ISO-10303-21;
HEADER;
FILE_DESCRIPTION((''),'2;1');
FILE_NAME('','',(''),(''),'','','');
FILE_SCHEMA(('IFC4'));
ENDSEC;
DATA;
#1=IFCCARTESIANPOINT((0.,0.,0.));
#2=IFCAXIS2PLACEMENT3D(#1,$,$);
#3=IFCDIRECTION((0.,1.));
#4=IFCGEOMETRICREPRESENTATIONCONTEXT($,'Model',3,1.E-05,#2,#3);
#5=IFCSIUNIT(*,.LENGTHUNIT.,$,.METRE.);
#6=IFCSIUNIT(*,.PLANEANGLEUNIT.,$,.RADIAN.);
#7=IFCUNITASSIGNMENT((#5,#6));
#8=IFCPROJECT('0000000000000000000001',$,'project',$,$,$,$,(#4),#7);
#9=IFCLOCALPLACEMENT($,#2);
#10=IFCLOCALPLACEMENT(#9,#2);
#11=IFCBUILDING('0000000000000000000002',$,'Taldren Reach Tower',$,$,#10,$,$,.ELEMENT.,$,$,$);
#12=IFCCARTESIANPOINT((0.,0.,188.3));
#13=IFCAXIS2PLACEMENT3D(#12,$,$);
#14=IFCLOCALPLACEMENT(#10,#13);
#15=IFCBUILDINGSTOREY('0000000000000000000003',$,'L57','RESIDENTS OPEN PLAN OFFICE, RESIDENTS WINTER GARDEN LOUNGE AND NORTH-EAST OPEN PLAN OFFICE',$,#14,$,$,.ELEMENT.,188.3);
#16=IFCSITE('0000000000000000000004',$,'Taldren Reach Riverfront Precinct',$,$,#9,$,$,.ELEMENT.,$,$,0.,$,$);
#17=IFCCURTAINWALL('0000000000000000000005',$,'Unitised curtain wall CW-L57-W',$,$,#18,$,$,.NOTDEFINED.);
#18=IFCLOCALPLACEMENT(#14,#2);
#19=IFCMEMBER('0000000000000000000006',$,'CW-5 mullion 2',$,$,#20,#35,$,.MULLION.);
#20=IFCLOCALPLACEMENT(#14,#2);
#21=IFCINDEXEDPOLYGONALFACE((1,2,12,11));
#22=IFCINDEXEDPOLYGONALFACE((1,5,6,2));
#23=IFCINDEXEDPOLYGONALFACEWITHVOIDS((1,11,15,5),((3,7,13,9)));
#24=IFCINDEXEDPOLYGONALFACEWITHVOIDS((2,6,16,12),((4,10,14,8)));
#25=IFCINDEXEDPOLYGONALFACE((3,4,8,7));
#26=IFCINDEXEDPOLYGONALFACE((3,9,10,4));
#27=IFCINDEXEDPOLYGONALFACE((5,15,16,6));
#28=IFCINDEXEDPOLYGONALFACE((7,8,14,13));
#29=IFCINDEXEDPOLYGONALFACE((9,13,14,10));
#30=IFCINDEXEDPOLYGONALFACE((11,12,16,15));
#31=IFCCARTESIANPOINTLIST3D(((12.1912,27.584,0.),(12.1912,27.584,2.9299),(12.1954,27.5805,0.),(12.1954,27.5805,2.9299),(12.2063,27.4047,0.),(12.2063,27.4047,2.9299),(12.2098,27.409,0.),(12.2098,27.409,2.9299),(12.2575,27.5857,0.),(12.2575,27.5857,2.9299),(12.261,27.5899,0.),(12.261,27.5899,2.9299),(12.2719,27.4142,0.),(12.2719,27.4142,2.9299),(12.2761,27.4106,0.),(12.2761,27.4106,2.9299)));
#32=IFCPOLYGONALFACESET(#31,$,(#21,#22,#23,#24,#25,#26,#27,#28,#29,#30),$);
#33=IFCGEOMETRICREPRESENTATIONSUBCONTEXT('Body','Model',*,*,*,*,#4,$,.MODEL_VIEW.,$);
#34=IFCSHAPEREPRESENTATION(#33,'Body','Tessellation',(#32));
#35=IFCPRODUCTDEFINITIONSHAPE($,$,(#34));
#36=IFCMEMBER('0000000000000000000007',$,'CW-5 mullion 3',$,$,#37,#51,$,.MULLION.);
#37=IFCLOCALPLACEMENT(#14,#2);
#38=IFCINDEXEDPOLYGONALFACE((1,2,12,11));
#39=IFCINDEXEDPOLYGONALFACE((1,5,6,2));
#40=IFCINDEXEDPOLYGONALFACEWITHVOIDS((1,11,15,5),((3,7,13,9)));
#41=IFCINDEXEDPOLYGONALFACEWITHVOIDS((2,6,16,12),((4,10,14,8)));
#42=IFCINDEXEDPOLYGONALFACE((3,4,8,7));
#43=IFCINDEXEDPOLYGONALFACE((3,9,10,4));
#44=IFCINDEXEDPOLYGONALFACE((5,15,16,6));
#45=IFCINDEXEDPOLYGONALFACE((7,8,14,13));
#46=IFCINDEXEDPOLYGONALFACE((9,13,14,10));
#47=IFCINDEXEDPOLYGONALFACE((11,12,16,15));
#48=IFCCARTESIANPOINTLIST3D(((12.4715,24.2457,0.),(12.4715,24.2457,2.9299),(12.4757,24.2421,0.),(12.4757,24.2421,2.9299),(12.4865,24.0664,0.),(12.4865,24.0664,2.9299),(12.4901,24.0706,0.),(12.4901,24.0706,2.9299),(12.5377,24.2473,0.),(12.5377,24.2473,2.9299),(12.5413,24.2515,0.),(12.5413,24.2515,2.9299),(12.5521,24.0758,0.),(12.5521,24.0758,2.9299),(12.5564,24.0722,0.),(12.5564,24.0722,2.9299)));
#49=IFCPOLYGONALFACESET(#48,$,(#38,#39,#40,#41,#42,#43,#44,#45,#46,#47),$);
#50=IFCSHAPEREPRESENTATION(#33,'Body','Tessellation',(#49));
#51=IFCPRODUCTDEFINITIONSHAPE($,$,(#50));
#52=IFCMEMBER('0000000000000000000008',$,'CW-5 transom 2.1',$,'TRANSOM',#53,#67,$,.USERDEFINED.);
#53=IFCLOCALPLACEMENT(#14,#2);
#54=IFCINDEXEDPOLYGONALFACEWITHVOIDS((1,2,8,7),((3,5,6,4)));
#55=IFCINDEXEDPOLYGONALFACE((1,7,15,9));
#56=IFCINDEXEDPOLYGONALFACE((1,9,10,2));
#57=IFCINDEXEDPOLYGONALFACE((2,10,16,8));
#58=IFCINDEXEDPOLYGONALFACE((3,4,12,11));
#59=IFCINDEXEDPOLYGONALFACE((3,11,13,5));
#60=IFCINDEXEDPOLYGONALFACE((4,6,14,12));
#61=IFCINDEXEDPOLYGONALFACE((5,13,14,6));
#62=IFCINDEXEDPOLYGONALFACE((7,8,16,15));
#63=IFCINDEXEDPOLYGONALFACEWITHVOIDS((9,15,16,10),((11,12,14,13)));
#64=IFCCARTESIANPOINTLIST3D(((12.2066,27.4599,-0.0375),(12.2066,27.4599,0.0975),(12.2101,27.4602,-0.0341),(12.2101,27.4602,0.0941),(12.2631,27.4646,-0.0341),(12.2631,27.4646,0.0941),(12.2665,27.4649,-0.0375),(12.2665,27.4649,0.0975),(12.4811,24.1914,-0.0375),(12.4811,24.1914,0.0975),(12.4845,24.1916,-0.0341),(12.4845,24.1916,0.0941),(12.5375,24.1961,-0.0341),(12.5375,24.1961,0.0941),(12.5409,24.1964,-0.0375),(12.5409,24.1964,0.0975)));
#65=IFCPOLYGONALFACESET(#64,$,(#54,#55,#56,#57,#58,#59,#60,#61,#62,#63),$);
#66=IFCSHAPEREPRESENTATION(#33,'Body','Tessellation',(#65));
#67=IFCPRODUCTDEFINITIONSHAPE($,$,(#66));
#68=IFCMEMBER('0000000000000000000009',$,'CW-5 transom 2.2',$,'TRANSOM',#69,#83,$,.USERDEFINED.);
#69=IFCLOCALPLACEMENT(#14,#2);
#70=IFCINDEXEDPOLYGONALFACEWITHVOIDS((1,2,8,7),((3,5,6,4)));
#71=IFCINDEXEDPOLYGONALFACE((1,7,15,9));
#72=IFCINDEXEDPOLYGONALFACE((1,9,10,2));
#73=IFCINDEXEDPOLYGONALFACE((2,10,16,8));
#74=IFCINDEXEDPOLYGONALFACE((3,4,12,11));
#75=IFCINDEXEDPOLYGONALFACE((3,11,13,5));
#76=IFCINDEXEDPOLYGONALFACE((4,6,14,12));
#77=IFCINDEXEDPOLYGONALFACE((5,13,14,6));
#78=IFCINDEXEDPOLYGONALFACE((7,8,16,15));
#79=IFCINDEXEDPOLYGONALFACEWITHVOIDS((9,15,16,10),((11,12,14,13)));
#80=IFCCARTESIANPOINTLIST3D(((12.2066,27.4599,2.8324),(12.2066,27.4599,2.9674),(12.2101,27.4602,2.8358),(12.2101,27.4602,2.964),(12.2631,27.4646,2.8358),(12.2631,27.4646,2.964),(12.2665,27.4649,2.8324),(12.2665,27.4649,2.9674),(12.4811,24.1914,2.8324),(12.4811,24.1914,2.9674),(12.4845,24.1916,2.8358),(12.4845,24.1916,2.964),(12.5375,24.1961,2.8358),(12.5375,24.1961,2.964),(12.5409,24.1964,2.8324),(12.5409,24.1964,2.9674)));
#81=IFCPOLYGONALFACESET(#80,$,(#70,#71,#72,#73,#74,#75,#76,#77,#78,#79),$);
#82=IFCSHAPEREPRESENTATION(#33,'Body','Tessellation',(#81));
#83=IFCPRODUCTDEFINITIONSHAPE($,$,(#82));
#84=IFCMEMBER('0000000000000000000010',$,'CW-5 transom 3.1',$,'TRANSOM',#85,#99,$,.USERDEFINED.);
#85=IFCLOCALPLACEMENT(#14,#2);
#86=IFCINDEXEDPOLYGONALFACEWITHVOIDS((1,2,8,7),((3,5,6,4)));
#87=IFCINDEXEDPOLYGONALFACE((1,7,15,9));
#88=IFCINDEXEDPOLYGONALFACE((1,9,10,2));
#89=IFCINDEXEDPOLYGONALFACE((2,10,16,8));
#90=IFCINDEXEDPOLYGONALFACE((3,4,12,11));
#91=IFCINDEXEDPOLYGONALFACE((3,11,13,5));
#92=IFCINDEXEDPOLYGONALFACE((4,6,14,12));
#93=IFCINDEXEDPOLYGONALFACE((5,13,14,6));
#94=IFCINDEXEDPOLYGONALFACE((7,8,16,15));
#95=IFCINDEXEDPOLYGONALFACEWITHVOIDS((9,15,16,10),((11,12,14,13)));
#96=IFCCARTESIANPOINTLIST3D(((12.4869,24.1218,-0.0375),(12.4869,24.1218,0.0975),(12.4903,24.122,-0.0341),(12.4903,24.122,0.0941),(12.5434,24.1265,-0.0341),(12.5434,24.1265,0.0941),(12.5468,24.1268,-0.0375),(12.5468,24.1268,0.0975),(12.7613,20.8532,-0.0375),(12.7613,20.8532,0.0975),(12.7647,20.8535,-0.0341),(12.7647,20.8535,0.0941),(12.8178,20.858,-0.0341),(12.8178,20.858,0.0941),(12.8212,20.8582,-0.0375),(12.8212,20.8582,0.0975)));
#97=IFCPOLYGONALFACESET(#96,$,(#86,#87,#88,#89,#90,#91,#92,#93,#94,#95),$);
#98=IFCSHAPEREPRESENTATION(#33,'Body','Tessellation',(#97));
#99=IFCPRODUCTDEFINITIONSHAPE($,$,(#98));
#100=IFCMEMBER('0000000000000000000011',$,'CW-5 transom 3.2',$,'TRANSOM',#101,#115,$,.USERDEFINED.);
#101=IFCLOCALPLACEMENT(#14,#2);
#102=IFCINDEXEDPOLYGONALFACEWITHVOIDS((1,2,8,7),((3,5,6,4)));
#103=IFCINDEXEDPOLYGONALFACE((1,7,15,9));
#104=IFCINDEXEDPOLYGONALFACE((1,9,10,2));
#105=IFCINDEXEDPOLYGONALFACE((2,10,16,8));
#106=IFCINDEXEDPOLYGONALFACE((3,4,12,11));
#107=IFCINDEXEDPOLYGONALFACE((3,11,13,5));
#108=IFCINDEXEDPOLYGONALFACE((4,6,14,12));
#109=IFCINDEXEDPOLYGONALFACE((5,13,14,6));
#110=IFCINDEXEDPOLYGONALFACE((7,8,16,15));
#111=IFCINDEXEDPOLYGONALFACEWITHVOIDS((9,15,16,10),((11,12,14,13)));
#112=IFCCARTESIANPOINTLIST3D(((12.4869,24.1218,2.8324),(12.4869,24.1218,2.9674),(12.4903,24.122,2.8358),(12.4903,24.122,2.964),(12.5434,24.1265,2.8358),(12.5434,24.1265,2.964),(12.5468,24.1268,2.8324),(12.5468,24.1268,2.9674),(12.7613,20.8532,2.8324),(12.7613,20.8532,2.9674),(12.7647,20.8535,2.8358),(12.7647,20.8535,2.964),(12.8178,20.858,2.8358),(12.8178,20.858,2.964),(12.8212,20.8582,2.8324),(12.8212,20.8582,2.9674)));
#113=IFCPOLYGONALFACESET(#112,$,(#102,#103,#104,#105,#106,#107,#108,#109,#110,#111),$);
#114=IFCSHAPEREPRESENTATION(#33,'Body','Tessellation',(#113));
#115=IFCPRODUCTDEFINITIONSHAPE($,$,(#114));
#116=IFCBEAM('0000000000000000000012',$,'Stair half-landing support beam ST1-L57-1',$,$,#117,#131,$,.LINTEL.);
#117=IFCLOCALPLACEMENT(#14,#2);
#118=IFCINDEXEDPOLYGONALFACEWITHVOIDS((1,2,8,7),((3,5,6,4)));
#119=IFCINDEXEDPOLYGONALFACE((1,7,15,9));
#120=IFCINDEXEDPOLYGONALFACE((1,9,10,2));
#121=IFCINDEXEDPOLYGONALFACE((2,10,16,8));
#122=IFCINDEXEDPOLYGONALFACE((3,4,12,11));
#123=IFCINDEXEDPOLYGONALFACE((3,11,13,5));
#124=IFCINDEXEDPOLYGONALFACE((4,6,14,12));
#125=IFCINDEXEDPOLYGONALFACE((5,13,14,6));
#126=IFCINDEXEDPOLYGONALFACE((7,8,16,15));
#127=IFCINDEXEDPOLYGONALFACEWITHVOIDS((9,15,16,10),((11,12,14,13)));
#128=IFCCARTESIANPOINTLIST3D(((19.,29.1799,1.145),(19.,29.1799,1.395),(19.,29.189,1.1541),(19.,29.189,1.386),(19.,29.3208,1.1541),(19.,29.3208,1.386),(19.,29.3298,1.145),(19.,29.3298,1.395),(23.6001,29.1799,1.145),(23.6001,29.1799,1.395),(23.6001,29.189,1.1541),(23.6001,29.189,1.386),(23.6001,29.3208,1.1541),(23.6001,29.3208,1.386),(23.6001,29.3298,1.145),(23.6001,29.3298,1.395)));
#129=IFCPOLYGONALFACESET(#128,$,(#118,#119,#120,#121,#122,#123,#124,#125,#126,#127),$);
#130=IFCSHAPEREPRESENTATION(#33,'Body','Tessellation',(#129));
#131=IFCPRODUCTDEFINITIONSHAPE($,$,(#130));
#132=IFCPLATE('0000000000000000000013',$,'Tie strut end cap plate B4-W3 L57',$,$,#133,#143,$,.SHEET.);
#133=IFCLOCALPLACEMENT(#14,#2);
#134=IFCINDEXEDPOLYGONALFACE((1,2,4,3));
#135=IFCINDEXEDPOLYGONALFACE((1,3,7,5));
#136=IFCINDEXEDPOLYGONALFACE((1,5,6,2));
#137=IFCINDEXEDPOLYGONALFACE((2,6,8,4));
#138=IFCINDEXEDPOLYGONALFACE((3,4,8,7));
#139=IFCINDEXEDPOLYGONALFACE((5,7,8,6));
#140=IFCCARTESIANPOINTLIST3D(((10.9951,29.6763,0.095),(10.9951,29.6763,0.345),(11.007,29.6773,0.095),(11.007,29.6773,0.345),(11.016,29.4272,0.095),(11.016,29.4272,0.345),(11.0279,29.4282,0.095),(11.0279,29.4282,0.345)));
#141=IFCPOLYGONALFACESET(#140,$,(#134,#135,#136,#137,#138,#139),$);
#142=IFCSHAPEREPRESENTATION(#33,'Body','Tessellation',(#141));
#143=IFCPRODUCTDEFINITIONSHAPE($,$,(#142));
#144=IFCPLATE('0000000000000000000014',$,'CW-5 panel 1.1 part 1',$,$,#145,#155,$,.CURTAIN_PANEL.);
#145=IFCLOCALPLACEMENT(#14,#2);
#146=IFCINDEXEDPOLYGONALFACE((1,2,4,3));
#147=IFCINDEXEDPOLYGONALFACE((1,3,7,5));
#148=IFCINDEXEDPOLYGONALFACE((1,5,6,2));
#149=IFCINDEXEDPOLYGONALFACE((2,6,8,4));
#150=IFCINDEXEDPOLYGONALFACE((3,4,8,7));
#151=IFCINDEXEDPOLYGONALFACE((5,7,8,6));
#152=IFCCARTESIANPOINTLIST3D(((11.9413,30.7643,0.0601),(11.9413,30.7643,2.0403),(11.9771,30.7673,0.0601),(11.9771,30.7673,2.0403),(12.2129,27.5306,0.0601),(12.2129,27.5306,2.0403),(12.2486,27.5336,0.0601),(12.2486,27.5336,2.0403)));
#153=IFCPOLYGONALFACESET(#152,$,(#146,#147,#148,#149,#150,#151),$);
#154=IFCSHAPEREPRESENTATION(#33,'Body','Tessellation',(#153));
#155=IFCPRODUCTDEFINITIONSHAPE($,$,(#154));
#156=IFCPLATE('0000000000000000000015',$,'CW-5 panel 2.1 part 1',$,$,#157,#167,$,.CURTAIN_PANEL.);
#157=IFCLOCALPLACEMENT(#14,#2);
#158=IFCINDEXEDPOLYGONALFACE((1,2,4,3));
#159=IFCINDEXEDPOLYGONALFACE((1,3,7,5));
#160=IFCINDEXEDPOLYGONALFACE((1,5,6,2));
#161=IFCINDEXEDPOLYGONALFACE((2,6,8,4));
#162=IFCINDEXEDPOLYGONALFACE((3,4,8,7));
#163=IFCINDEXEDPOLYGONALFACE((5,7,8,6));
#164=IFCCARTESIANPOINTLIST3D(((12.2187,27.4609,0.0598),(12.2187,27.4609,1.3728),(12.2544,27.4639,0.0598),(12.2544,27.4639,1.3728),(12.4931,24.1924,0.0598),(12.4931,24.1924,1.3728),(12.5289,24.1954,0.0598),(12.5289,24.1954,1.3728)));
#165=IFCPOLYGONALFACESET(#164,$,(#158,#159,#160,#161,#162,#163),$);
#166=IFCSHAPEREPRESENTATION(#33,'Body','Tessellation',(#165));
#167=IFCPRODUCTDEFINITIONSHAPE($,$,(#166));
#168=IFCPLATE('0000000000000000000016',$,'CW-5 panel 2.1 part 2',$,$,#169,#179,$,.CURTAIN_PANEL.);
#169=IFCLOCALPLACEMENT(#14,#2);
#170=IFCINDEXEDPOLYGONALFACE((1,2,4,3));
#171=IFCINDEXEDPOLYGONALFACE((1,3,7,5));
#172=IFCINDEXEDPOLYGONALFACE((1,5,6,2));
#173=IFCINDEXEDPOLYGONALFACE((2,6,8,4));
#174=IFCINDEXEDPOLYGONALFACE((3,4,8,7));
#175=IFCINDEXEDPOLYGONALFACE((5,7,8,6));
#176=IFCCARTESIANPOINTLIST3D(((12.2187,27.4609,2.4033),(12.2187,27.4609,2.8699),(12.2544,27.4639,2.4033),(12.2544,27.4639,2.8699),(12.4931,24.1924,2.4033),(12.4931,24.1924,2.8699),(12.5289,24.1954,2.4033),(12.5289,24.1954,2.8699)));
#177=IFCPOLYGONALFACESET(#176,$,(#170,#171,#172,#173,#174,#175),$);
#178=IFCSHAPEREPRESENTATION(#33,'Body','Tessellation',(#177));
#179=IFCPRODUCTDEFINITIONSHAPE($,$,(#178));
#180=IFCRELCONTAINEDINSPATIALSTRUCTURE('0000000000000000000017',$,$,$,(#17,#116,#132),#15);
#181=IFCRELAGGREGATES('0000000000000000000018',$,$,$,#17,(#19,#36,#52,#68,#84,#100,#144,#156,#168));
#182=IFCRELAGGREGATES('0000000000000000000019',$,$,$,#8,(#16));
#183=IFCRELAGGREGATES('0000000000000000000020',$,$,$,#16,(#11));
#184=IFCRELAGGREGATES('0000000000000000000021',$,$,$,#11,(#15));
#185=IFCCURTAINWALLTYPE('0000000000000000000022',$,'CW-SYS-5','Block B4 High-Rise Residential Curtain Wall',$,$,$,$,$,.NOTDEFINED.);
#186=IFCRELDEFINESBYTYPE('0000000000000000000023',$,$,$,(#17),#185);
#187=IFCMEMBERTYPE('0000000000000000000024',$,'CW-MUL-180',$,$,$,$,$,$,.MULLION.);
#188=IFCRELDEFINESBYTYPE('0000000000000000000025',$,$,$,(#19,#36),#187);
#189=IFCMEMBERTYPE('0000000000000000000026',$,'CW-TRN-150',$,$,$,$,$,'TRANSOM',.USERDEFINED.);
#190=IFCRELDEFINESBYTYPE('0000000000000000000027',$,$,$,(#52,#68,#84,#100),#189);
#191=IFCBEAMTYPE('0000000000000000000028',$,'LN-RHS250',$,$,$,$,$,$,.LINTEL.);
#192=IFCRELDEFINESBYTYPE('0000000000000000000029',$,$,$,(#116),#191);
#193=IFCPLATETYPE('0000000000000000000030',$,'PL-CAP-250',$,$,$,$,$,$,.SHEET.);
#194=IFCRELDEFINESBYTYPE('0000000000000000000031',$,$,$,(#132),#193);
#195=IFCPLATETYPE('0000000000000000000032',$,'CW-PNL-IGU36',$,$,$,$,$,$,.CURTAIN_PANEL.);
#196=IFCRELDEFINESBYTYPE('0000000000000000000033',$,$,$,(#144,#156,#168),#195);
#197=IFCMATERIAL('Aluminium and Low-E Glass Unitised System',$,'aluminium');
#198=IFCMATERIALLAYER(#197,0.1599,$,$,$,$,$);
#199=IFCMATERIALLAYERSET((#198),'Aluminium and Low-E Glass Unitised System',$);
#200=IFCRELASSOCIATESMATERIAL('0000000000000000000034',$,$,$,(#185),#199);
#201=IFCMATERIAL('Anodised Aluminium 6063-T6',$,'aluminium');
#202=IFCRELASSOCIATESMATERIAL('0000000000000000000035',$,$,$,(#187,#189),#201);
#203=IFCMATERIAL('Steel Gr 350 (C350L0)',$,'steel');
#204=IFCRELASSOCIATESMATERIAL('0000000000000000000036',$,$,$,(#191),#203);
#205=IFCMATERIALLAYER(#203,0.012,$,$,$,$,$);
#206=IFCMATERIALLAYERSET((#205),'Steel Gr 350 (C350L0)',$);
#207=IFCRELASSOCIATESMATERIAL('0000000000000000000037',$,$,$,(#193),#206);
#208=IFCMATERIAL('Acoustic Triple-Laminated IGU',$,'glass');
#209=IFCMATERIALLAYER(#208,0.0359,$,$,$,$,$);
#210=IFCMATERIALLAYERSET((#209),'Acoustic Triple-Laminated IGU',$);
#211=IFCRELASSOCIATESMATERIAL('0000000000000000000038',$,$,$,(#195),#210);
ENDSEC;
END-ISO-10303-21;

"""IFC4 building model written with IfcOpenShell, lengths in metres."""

from ifc_helpers import new_model, si_unit, direction, frame, origin, origin_2d, place, context, subcontext, project, spatial, rectangle, hollow_rectangle, extrude, source, transform, mapped, material, layer, layer_set, material_profile, profile_set, type_object, element, aggregate, save


model = new_model("IFC4")

# Units and contexts
model_context = context("Model", 3, precision=1e-05, world=origin(), true_north=direction((0.0, 1.0)))
body_context = subcontext(model_context, "Body", "Model", "MODEL_VIEW")
ifc_project = project(units=[si_unit("LENGTHUNIT", "METRE"), si_unit("PLANEANGLEUNIT", "RADIAN")], contexts=[model_context])

# Site, building, storey
site_placement = place(None, origin())
site = spatial("IfcSite", under=ifc_project, at=site_placement, Name="Taldren Reach Riverfront Precinct", CompositionType="ELEMENT", RefElevation=0.0)
building_placement = place(site_placement, origin())
building = spatial("IfcBuilding", under=site, at=building_placement, Name="Taldren Reach Tower", CompositionType="ELEMENT")
storey_placement = place(building_placement, frame((0.0, 0.0, 188.3)))
storey = spatial("IfcBuildingStorey", under=building, at=storey_placement, Name="L57", Description="RESIDENTS OPEN PLAN OFFICE, RESIDENTS WINTER GARDEN LOUNGE AND NORTH-EAST OPEN PLAN OFFICE", CompositionType="ELEMENT", Elevation=188.3)

# Shared definitions
ifc_material_1 = material(Name="Steel Gr 350 (C350L0)", Category="steel")

# Curtain wall, members
ifc_material_2 = material(Name="Aluminium and Low-E Glass Unitised System", Category="aluminium")
ifc_layer_1 = layer(ifc_material_2, 0.1599)
ifc_layer_set_1 = layer_set([ifc_layer_1], Name="Aluminium and Low-E Glass Unitised System")
curtain_wall_type = type_object("IfcCurtainWallType", Name="CW-SYS-5", Description="Block B4 High-Rise Residential Curtain Wall", PredefinedType="NOTDEFINED", material=ifc_layer_set_1)
curtain_wall_placement = place(storey_placement, origin())
curtain_wall = element("IfcCurtainWall", 1, at=curtain_wall_placement, inside=storey, type_object=curtain_wall_type, Name="Unitised curtain wall CW-L57-W", PredefinedType="NOTDEFINED")
ifc_material_3 = material(Name="Anodised Aluminium 6063-T6", Category="aluminium")
ifc_material_profile_1 = material_profile(ifc_material_3, hollow_rectangle(XDim=0.0701, YDim=0.1799, WallThickness=0.0039, at=origin_2d()), Name="ALU-180x70x4RHS")
ifc_profile_set_1 = profile_set([ifc_material_profile_1], Name="Anodised Aluminium 6063-T6")
member_type_1 = type_object("IfcMemberType", Name="CW-MUL-180", PredefinedType="MULLION", material=ifc_profile_set_1)
shared_shape_1 = source(origin(), body_context, "Body", "SweptSolid", [
    extrude(hollow_rectangle(XDim=0.0701, YDim=0.1799, WallThickness=0.0039, at=origin_2d()), origin(), (0.0, 0.0, 1.0), 2.9299),
])
member_1_placement = place(storey_placement, frame((12.2336, 27.4973, 0.0), z_axis=(0.0, 0.0, 1.0), x_axis=(0.996493, 0.083678, 0.0)))
member_1 = element("IfcMember", 2, at=member_1_placement, type_object=member_type_1, Name="CW-5 mullion 2", PredefinedType="MULLION", context=body_context, shape_type="MappedRepresentation", body=[
    mapped(shared_shape_1, transform((0.0, 0.0, 0.0), scale=1.0)),
])
member_2_placement = place(storey_placement, frame((12.5139, 24.1589, 0.0), z_axis=(0.0, 0.0, 1.0), x_axis=(0.996493, 0.083678, 0.0)))
member_2 = element("IfcMember", 3, at=member_2_placement, type_object=member_type_1, Name="CW-5 mullion 3", PredefinedType="MULLION", context=body_context, shape_type="MappedRepresentation", body=[
    mapped(shared_shape_1, transform((0.0, 0.0, 0.0), scale=1.0)),
])
ifc_material_profile_2 = material_profile(ifc_material_3, hollow_rectangle(XDim=0.0601, YDim=0.135, WallThickness=0.0034, at=origin_2d()), Name="ALU-135x60x3.5RHS")
ifc_profile_set_2 = profile_set([ifc_material_profile_2], Name="Anodised Aluminium 6063-T6")
member_type_2 = type_object("IfcMemberType", Name="CW-TRN-150", ElementType="TRANSOM", PredefinedType="USERDEFINED", material=ifc_profile_set_2)
shared_shape_2 = source(origin(), body_context, "Body", "SweptSolid", [
    extrude(hollow_rectangle(XDim=0.0601, YDim=0.135, WallThickness=0.0034, at=origin_2d()), origin(), (0.0, 0.0, 1.0), 3.28),
])
member_3_placement = place(storey_placement, frame((12.2366, 27.4624, 0.03), z_axis=(0.083661, -0.996494, 0.0), x_axis=(0.996494, 0.083661, 0.0)))
member_3 = element("IfcMember", 4, at=member_3_placement, type_object=member_type_2, Name="CW-5 transom 2.1", ObjectType="TRANSOM", PredefinedType="USERDEFINED", context=body_context, shape_type="MappedRepresentation", body=[
    mapped(shared_shape_2, transform((0.0, 0.0, 0.0), scale=1.0)),
])
member_4_placement = place(storey_placement, frame((12.2366, 27.4624, 2.8999), z_axis=(0.083661, -0.996494, 0.0), x_axis=(0.996494, 0.083661, 0.0)))
member_4 = element("IfcMember", 5, at=member_4_placement, type_object=member_type_2, Name="CW-5 transom 2.2", ObjectType="TRANSOM", PredefinedType="USERDEFINED", context=body_context, shape_type="MappedRepresentation", body=[
    mapped(shared_shape_2, transform((0.0, 0.0, 0.0), scale=1.0)),
])
member_5_placement = place(storey_placement, frame((12.5168, 24.1243, 0.03), z_axis=(0.083661, -0.996494, 0.0), x_axis=(0.996494, 0.083661, 0.0)))
member_5 = element("IfcMember", 6, at=member_5_placement, type_object=member_type_2, Name="CW-5 transom 3.1", ObjectType="TRANSOM", PredefinedType="USERDEFINED", context=body_context, shape_type="MappedRepresentation", body=[
    mapped(shared_shape_2, transform((0.0, 0.0, 0.0), scale=1.0)),
])
member_6_placement = place(storey_placement, frame((12.5168, 24.1243, 2.8999), z_axis=(0.083661, -0.996494, 0.0), x_axis=(0.996494, 0.083661, 0.0)))
member_6 = element("IfcMember", 7, at=member_6_placement, type_object=member_type_2, Name="CW-5 transom 3.2", ObjectType="TRANSOM", PredefinedType="USERDEFINED", context=body_context, shape_type="MappedRepresentation", body=[
    mapped(shared_shape_2, transform((0.0, 0.0, 0.0), scale=1.0)),
])

# Beam
ifc_material_profile_3 = material_profile(ifc_material_1, hollow_rectangle(XDim=0.1499, YDim=0.25, WallThickness=0.009, at=origin_2d()), Name="250x150x9.0RHS")
ifc_profile_set_3 = profile_set([ifc_material_profile_3], Name="Steel Gr 350 (C350L0)")
beam_type_1 = type_object("IfcBeamType", Name="LN-RHS250", PredefinedType="LINTEL", material=ifc_profile_set_3)
shared_shape_3 = source(origin(), body_context, "Body", "SweptSolid", [
    extrude(hollow_rectangle(XDim=0.1499, YDim=0.25, WallThickness=0.009, at=origin_2d()), origin(), (0.0, 0.0, 1.0), 4.6001),
])
beam_1_placement = place(storey_placement, frame((19.0, 29.2549, 1.27), z_axis=(1.0, 0.0, 0.0), x_axis=(0.0, 1.0, 0.0)))
element("IfcBeam", 8, at=beam_1_placement, inside=storey, type_object=beam_type_1, Name="Stair half-landing support beam ST1-L57-1", PredefinedType="LINTEL", context=body_context, shape_type="MappedRepresentation", body=[
    mapped(shared_shape_3, transform((0.0, 0.0, 0.0), scale=1.0)),
])

# Plates
ifc_layer_2 = layer(ifc_material_1, 0.012)
ifc_layer_set_2 = layer_set([ifc_layer_2], Name="Steel Gr 350 (C350L0)")
plate_type_1 = type_object("IfcPlateType", Name="PL-CAP-250", PredefinedType="SHEET", material=ifc_layer_set_2)
shared_shape_4 = source(origin(), body_context, "Body", "SweptSolid", [
    extrude(rectangle(XDim=0.012, YDim=0.25, at=origin_2d()), origin(), (0.0, 0.0, 1.0), 0.25),
])
plate_1_placement = place(storey_placement, frame((11.0115, 29.5522, 0.095), z_axis=(0.0, 0.0, 1.0), x_axis=(0.996493, 0.083678, 0.0)))
element("IfcPlate", 9, at=plate_1_placement, inside=storey, type_object=plate_type_1, Name="Tie strut end cap plate B4-W3 L57", PredefinedType="SHEET", context=body_context, shape_type="MappedRepresentation", body=[
    mapped(shared_shape_4, transform((0.0, 0.0, 0.0), scale=1.0)),
])
ifc_material_4 = material(Name="Acoustic Triple-Laminated IGU", Category="glass")
ifc_layer_3 = layer(ifc_material_4, 0.0359)
ifc_layer_set_3 = layer_set([ifc_layer_3], Name="Acoustic Triple-Laminated IGU")
plate_type_2 = type_object("IfcPlateType", Name="CW-PNL-IGU36", PredefinedType="CURTAIN_PANEL", material=ifc_layer_set_3)
shared_shape_5 = source(origin(), body_context, "Body", "SweptSolid", [
    extrude(rectangle(XDim=3.2451, YDim=0.0359, at=origin_2d()), origin(), (0.0, 0.0, 1.0), 1.9802),
])
plate_2_placement = place(storey_placement, frame((12.095, 29.1489, 0.0601), z_axis=(0.0, 0.0, 1.0), x_axis=(0.083678, -0.996493, 0.0)))
plate_2 = element("IfcPlate", 10, at=plate_2_placement, type_object=plate_type_2, Name="CW-5 panel 1.1 part 1", PredefinedType="CURTAIN_PANEL", context=body_context, shape_type="MappedRepresentation", body=[
    mapped(shared_shape_5, transform((0.0, 0.0, 0.0), scale=1.0)),
])
shared_shape_6 = source(origin(), body_context, "Body", "SweptSolid", [
    extrude(rectangle(XDim=3.28, YDim=0.0359, at=origin_2d()), origin(), (0.0, 0.0, 1.0), 1.313),
])
plate_3_placement = place(storey_placement, frame((12.3738, 25.8281, 0.0598), z_axis=(0.0, 0.0, 1.0), x_axis=(0.083678, -0.996493, 0.0)))
plate_3 = element("IfcPlate", 11, at=plate_3_placement, type_object=plate_type_2, Name="CW-5 panel 2.1 part 1", PredefinedType="CURTAIN_PANEL", context=body_context, shape_type="MappedRepresentation", body=[
    mapped(shared_shape_6, transform((0.0, 0.0, 0.0), scale=1.0)),
])
shared_shape_7 = source(origin(), body_context, "Body", "SweptSolid", [
    extrude(rectangle(XDim=3.28, YDim=0.0359, at=origin_2d()), origin(), (0.0, 0.0, 1.0), 0.4666),
])
plate_4_placement = place(storey_placement, frame((12.3738, 25.8281, 2.4033), z_axis=(0.0, 0.0, 1.0), x_axis=(0.083678, -0.996493, 0.0)))
plate_4 = element("IfcPlate", 12, at=plate_4_placement, type_object=plate_type_2, Name="CW-5 panel 2.1 part 2", PredefinedType="CURTAIN_PANEL", context=body_context, shape_type="MappedRepresentation", body=[
    mapped(shared_shape_7, transform((0.0, 0.0, 0.0), scale=1.0)),
])
aggregate(curtain_wall, [member_1, member_2, member_3, member_4, member_5, member_6, plate_2, plate_3, plate_4])

save(model, "model.ifc")
